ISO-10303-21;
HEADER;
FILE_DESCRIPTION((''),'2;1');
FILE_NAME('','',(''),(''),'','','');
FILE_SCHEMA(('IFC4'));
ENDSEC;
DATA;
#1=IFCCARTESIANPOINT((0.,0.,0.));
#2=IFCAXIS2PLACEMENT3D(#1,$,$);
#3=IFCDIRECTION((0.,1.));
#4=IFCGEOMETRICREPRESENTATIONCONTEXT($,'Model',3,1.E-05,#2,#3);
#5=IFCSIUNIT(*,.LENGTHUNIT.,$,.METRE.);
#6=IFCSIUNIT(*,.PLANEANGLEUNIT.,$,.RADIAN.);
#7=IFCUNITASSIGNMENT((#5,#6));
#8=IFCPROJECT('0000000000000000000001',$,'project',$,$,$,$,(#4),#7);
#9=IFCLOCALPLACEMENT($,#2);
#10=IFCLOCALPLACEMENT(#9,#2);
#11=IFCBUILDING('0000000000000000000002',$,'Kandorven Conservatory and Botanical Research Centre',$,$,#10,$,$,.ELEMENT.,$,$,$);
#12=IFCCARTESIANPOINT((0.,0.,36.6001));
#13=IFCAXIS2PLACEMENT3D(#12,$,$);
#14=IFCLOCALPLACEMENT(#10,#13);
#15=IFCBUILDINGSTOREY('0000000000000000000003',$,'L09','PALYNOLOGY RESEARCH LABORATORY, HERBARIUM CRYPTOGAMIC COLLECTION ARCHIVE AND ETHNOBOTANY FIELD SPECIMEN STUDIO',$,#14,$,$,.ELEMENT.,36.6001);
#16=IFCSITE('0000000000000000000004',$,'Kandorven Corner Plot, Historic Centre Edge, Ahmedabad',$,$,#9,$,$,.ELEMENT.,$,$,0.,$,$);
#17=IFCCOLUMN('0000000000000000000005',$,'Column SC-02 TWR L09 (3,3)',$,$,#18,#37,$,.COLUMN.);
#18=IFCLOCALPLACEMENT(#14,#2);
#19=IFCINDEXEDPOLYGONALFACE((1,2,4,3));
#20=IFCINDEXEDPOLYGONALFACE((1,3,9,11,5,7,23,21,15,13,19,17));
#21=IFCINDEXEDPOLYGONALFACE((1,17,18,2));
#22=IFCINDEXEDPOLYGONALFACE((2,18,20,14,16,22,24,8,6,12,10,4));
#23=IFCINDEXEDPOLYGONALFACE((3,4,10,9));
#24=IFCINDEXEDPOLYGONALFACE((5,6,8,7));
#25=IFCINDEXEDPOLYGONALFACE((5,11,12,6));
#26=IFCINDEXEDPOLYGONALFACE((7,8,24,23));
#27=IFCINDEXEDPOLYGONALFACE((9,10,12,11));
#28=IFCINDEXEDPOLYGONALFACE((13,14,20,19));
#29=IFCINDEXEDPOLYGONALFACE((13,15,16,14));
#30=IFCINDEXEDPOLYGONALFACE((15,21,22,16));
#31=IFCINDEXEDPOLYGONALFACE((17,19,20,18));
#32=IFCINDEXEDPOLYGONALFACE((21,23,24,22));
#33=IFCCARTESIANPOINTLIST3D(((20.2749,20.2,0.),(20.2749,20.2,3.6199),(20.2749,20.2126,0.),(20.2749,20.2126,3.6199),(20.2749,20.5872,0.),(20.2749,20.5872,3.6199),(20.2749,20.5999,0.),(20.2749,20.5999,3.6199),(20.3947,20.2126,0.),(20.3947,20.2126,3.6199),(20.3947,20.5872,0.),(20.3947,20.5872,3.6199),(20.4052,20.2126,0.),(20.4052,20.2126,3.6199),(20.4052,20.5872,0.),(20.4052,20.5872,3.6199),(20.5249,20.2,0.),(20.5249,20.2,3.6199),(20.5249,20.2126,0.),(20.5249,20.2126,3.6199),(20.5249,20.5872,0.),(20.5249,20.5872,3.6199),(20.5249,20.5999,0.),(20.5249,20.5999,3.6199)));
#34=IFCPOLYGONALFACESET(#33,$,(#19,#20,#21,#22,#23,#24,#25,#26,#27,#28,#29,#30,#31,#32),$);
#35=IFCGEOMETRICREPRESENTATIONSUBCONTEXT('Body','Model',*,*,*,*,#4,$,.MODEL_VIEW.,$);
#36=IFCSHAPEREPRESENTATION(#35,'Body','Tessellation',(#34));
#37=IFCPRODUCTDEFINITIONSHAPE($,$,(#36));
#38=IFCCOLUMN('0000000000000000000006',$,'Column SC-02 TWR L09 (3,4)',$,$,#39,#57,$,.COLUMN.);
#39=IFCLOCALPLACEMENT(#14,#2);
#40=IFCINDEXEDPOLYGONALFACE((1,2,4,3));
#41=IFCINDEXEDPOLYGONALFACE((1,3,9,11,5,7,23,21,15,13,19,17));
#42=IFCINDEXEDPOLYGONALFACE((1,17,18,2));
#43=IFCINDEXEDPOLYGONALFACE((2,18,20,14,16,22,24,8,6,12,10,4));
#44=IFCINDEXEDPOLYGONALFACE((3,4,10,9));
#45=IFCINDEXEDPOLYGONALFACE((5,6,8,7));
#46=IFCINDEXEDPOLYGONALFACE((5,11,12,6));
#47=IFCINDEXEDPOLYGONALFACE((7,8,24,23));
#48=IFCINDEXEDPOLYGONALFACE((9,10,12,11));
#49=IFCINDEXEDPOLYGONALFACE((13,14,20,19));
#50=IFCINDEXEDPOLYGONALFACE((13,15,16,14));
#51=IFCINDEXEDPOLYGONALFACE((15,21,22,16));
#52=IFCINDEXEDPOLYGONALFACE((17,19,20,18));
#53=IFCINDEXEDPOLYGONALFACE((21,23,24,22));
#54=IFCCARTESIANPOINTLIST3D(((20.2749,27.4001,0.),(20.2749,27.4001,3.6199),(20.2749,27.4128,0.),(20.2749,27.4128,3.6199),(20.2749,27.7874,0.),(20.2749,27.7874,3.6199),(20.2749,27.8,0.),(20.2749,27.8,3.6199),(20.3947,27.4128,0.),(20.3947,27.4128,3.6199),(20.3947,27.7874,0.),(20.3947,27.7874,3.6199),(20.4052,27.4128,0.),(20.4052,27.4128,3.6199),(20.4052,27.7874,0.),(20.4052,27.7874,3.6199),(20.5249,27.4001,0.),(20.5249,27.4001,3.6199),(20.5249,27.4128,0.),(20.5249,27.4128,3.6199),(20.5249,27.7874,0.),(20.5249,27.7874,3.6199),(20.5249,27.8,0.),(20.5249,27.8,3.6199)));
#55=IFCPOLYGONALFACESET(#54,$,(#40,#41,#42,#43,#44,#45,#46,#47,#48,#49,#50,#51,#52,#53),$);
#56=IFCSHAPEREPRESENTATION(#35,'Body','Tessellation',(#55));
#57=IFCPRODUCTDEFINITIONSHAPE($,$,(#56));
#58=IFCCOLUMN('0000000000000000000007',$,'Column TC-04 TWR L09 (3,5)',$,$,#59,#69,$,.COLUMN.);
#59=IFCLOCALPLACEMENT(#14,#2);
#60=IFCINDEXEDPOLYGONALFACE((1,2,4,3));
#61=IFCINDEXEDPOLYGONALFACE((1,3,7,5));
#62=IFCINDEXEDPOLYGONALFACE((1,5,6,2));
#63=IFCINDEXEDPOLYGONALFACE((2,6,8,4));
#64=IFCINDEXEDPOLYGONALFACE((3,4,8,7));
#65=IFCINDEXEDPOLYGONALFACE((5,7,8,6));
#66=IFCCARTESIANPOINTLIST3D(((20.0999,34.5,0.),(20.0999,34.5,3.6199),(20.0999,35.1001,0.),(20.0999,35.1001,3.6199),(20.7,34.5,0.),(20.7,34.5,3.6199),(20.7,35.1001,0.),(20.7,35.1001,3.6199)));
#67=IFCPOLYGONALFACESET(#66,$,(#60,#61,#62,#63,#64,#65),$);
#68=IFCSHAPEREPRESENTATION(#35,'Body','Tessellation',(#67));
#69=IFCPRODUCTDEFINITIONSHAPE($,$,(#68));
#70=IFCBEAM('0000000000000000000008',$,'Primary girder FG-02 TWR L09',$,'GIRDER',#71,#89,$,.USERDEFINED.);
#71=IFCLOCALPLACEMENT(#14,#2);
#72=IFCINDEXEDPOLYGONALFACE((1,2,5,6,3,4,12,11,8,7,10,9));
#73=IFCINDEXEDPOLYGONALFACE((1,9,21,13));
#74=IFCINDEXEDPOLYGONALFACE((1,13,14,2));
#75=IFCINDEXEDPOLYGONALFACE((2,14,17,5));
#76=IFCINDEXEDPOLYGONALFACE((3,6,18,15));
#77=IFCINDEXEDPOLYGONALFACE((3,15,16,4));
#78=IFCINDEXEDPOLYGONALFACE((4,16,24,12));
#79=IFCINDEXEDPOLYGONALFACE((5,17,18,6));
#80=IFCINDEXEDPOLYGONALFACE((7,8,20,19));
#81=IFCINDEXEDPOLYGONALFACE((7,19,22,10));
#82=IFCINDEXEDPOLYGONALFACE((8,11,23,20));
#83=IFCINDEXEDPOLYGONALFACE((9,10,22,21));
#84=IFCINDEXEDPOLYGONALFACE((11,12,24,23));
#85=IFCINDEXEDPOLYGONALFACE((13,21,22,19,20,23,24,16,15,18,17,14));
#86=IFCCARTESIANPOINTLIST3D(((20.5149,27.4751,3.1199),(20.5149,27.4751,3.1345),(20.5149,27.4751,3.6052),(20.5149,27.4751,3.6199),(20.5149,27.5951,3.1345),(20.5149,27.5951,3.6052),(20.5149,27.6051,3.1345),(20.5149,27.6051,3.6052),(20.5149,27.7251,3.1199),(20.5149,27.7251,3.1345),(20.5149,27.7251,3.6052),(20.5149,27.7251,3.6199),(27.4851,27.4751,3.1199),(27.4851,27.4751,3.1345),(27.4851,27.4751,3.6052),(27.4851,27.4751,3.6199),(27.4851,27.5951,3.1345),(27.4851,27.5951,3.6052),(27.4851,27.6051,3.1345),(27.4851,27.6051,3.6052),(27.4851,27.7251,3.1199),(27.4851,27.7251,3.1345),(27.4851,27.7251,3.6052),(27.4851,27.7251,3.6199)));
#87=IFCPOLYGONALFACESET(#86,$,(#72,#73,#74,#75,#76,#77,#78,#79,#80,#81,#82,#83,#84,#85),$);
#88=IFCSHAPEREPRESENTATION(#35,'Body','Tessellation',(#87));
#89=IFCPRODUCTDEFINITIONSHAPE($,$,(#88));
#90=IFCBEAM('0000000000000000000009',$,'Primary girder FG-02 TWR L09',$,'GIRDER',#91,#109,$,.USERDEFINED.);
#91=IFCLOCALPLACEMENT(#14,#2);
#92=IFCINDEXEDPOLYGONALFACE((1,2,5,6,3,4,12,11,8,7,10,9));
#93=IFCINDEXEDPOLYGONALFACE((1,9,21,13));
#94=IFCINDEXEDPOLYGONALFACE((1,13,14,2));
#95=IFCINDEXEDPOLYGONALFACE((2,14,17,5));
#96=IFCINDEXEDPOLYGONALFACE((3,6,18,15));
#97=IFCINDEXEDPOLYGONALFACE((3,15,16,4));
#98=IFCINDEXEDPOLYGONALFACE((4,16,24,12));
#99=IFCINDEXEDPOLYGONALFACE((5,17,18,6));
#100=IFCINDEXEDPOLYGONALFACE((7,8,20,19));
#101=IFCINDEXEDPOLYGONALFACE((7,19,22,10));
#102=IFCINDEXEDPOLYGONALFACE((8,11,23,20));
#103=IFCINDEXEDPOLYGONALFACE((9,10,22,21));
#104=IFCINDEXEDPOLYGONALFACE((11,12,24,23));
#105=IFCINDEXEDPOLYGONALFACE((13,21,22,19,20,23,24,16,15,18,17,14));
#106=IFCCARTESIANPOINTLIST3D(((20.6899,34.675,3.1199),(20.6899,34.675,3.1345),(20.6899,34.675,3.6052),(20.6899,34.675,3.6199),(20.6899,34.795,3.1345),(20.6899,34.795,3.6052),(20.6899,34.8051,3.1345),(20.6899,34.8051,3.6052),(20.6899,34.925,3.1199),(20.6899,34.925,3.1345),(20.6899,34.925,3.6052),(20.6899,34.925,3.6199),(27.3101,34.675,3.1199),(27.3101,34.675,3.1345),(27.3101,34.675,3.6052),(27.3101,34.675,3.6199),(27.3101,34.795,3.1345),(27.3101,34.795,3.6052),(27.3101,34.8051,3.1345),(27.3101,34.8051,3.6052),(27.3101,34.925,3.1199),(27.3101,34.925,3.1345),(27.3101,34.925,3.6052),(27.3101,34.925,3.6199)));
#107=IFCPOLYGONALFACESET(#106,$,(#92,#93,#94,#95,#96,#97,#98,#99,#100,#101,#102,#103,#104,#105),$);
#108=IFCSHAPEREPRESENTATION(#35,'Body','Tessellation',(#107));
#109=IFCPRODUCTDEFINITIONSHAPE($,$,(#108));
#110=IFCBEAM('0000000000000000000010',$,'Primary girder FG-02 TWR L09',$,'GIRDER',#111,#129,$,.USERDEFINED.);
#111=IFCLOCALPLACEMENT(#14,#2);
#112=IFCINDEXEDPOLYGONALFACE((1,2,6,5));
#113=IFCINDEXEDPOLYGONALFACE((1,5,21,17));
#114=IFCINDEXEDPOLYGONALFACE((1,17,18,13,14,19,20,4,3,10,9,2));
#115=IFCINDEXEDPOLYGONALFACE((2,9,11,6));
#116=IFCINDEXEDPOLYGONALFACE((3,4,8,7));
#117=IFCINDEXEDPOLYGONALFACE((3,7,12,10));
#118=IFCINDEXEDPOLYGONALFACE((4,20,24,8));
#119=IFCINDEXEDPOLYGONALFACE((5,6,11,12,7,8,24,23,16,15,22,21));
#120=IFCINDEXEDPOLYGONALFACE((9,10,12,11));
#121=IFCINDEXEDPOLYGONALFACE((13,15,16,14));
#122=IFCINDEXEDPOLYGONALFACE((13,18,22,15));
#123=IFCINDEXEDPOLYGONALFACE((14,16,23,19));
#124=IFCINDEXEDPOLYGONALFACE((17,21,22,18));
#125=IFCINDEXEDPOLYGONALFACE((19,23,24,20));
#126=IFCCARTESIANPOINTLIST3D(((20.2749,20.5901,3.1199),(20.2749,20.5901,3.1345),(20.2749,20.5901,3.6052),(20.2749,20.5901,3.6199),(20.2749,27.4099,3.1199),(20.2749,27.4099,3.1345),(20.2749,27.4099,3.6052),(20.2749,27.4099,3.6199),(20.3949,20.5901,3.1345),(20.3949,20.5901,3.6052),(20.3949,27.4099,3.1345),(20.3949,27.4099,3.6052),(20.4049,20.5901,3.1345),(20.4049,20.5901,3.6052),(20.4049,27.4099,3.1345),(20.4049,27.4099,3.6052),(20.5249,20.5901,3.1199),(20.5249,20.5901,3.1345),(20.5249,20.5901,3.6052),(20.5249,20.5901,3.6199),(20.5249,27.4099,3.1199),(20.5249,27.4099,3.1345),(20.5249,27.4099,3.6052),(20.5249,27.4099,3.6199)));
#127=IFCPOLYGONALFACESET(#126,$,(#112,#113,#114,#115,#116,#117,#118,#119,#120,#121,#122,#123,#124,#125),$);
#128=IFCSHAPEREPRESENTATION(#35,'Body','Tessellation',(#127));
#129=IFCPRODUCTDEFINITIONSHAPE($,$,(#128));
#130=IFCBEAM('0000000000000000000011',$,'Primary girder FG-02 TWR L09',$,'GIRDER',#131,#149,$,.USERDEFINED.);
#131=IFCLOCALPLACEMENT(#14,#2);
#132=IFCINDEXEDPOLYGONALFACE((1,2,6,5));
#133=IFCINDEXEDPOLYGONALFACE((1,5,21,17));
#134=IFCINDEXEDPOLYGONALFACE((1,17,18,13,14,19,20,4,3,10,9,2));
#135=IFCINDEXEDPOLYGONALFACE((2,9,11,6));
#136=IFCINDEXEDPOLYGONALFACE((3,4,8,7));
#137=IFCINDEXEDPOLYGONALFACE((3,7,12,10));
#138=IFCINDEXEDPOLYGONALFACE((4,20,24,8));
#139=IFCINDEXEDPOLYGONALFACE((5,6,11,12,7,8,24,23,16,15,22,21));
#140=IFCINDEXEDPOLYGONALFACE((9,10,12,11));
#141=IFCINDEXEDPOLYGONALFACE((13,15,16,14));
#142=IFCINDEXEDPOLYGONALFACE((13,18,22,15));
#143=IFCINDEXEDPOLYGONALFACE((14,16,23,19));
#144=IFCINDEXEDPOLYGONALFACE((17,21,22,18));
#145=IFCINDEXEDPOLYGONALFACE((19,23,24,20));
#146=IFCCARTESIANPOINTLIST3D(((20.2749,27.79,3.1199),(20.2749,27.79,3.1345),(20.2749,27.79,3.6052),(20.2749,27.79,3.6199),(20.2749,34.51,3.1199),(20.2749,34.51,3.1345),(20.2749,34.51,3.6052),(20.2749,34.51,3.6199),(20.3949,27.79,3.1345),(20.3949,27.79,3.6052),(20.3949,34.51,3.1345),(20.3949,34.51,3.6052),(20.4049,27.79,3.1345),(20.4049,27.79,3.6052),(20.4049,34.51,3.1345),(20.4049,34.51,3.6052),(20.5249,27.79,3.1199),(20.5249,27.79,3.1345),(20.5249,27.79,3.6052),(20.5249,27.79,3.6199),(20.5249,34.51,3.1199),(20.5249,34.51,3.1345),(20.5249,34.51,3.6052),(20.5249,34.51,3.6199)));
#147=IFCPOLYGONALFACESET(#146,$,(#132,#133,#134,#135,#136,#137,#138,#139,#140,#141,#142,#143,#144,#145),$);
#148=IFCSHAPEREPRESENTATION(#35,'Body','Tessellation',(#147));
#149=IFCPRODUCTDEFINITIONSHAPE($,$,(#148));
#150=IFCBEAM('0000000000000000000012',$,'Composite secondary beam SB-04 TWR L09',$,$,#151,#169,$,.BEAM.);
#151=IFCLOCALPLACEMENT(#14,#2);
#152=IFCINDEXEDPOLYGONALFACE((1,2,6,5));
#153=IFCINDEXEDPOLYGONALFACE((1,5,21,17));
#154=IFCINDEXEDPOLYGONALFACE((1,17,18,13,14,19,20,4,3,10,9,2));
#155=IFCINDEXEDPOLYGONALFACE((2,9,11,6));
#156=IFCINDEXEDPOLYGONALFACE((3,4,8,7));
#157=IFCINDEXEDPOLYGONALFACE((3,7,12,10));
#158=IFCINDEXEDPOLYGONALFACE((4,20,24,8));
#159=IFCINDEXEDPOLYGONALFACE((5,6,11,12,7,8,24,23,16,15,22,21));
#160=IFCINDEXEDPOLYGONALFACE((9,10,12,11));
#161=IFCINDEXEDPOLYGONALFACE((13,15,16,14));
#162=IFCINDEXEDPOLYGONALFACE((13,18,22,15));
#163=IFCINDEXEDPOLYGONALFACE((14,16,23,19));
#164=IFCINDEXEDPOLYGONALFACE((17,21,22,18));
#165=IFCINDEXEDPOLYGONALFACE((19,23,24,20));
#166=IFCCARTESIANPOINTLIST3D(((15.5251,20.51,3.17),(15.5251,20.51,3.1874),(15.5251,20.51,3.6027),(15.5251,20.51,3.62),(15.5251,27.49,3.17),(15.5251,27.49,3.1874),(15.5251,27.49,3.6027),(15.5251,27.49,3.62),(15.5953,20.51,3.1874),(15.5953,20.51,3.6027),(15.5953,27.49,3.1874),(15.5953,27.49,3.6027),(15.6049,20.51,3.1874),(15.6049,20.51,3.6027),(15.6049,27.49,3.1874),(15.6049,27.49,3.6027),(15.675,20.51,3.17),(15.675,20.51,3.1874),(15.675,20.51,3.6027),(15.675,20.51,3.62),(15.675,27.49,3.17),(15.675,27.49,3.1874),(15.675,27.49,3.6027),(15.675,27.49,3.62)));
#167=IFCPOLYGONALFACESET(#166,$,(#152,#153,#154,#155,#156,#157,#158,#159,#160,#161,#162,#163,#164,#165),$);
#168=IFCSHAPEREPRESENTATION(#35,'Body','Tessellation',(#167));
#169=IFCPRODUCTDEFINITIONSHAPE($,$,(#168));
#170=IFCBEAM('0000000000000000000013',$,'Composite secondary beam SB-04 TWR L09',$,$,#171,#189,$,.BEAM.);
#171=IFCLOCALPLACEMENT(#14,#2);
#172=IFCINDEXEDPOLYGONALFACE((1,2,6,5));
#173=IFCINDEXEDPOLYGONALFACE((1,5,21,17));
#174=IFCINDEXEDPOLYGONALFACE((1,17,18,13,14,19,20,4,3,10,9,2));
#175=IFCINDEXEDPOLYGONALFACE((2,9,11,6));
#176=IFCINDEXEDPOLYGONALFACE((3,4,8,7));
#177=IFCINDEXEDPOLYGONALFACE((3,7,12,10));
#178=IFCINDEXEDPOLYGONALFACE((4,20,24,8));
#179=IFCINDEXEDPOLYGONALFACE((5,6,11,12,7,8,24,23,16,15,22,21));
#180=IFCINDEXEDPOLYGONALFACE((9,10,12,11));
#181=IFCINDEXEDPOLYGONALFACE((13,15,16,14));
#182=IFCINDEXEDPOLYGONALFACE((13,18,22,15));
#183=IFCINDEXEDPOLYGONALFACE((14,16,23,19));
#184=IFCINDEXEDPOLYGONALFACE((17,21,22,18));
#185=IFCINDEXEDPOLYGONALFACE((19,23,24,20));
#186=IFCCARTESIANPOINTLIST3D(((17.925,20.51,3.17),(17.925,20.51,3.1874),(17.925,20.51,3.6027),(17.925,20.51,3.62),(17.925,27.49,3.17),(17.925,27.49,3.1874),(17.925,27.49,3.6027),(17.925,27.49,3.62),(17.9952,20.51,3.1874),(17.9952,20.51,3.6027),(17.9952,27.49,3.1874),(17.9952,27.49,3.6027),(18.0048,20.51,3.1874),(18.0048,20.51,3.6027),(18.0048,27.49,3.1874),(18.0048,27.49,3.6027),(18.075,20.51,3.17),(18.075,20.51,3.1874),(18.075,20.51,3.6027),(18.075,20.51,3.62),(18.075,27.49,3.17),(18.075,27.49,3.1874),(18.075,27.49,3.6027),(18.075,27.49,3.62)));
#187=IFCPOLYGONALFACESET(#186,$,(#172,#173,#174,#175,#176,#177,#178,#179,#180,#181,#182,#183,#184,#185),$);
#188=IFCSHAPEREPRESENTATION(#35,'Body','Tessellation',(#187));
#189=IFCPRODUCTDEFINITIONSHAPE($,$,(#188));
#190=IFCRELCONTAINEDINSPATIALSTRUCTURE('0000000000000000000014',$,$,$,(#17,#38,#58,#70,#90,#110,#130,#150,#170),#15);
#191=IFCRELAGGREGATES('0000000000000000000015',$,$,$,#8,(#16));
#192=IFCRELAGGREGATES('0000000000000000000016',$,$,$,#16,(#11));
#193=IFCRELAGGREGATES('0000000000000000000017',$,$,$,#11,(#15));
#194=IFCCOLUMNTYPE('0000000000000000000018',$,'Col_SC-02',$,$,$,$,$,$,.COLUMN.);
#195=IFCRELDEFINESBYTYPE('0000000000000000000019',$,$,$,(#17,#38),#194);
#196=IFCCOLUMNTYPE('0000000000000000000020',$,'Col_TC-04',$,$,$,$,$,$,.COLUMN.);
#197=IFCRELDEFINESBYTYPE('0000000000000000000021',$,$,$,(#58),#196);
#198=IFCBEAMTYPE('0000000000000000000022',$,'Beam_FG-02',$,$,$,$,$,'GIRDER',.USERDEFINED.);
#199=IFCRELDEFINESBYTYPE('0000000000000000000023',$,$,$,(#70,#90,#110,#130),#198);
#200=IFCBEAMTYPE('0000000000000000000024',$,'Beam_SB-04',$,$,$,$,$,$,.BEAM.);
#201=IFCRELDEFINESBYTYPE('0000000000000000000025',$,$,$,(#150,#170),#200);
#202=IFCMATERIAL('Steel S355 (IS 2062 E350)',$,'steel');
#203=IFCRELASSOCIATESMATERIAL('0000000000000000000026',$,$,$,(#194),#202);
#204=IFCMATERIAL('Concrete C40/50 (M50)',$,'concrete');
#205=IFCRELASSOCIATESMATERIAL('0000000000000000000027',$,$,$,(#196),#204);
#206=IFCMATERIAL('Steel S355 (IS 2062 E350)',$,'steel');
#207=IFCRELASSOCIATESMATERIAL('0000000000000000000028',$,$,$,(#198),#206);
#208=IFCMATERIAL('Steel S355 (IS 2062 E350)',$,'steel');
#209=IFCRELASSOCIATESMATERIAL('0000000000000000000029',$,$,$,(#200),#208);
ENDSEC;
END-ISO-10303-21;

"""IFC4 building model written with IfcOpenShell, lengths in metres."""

from ifc_helpers import new_model, si_unit, direction, frame, origin, origin_2d, place, context, subcontext, project, spatial, rectangle, i_section, extrude, material, material_profile, profile_set, type_object, element, save


model = new_model("IFC4")

# Units and contexts
model_context = context("Model", 3, precision=1e-05, world=origin(), true_north=direction((0.0, 1.0)))
body_context = subcontext(model_context, "Body", "Model", "MODEL_VIEW")
ifc_project = project(units=[si_unit("LENGTHUNIT", "METRE"), si_unit("PLANEANGLEUNIT", "RADIAN")], contexts=[model_context])

# Site, building, storey
site_placement = place(None, origin())
site = spatial("IfcSite", under=ifc_project, at=site_placement, Name="Kandorven Corner Plot, Historic Centre Edge, Ahmedabad", CompositionType="ELEMENT", RefElevation=0.0)
building_placement = place(site_placement, origin())
building = spatial("IfcBuilding", under=site, at=building_placement, Name="Kandorven Conservatory and Botanical Research Centre", CompositionType="ELEMENT")
storey_placement = place(building_placement, frame((0.0, 0.0, 36.6001)))
storey = spatial("IfcBuildingStorey", under=building, at=storey_placement, Name="L09", Description="PALYNOLOGY RESEARCH LABORATORY, HERBARIUM CRYPTOGAMIC COLLECTION ARCHIVE AND ETHNOBOTANY FIELD SPECIMEN STUDIO", CompositionType="ELEMENT", Elevation=36.6001)

# Columns
ifc_material_1 = material(Name="Steel S355 (IS 2062 E350)", Category="steel")
ifc_material_profile_1 = material_profile(ifc_material_1, i_section(OverallWidth=0.25, OverallDepth=0.3999, WebThickness=0.0105, FlangeThickness=0.0127, at=origin_2d()))
ifc_profile_set_1 = profile_set([ifc_material_profile_1], Name="Steel S355 (IS 2062 E350)")
column_type_1 = type_object("IfcColumnType", Name="Col_SC-02", PredefinedType="COLUMN", material=ifc_profile_set_1)
for number, where, z_axis, x_axis, name in (
    (1, (20.3999, 20.3999, 0.0), (0.0, 0.0, 1.0), (1.0, 0.0, 0.0), "Column SC-02 TWR L09 (3,3)"),
    (2, (20.3999, 27.6001, 0.0), (0.0, 0.0, 1.0), (1.0, 0.0, 0.0), "Column SC-02 TWR L09 (3,4)"),
):
    element("IfcColumn", number, at=place(storey_placement, frame(where, z_axis=z_axis, x_axis=x_axis)), inside=storey, type_object=column_type_1, Name=name, PredefinedType="COLUMN", context=body_context, shape_type="SweptSolid", body=[
        extrude(i_section(OverallWidth=0.25, OverallDepth=0.3999, WebThickness=0.0105, FlangeThickness=0.0127, at=origin_2d()), origin(), (0.0, 0.0, 1.0), 3.6199),
    ])
ifc_material_2 = material(Name="Concrete C40/50 (M50)", Category="concrete")
ifc_material_profile_2 = material_profile(ifc_material_2, rectangle(XDim=0.6001, YDim=0.6001, at=origin_2d()))
ifc_profile_set_2 = profile_set([ifc_material_profile_2], Name="Concrete C40/50 (M50)")
column_type_2 = type_object("IfcColumnType", Name="Col_TC-04", PredefinedType="COLUMN", material=ifc_profile_set_2)
column_placement = place(storey_placement, frame((20.3999, 34.8, 0.0), z_axis=(0.0, 0.0, 1.0), x_axis=(1.0, 0.0, 0.0)))
element("IfcColumn", 3, at=column_placement, inside=storey, type_object=column_type_2, Name="Column TC-04 TWR L09 (3,5)", PredefinedType="COLUMN", context=body_context, shape_type="SweptSolid", body=[
    extrude(rectangle(XDim=0.6001, YDim=0.6001, at=origin_2d()), origin(), (0.0, 0.0, 1.0), 3.6199),
])

# Beams
ifc_material_3 = material(Name="Steel S355 (IS 2062 E350)", Category="steel")
ifc_material_profile_3 = material_profile(ifc_material_3, i_section(OverallWidth=0.25, OverallDepth=0.5, WebThickness=0.01, FlangeThickness=0.0146, at=origin_2d()))
ifc_profile_set_3 = profile_set([ifc_material_profile_3], Name="Steel S355 (IS 2062 E350)")
beam_type_1 = type_object("IfcBeamType", Name="Beam_FG-02", ElementType="GIRDER", PredefinedType="USERDEFINED", material=ifc_profile_set_3)
beam_1_placement = place(storey_placement, frame((20.5149, 27.6001, 3.3699), z_axis=(1.0, 0.0, 0.0), x_axis=(0.0, 1.0, 0.0)))
element("IfcBeam", 4, at=beam_1_placement, inside=storey, type_object=beam_type_1, Name="Primary girder FG-02 TWR L09", ObjectType="GIRDER", PredefinedType="USERDEFINED", context=body_context, shape_type="SweptSolid", body=[
    extrude(i_section(OverallWidth=0.25, OverallDepth=0.5, WebThickness=0.01, FlangeThickness=0.0146, at=origin_2d()), origin(), (0.0, 0.0, 1.0), 6.9702),
])
beam_2_placement = place(storey_placement, frame((20.6899, 34.8, 3.3699), z_axis=(1.0, 0.0, 0.0), x_axis=(0.0, 1.0, 0.0)))
element("IfcBeam", 5, at=beam_2_placement, inside=storey, type_object=beam_type_1, Name="Primary girder FG-02 TWR L09", ObjectType="GIRDER", PredefinedType="USERDEFINED", context=body_context, shape_type="SweptSolid", body=[
    extrude(i_section(OverallWidth=0.25, OverallDepth=0.5, WebThickness=0.01, FlangeThickness=0.0146, at=origin_2d()), origin(), (0.0, 0.0, 1.0), 6.6201),
])
beam_3_placement = place(storey_placement, frame((20.3999, 20.5901, 3.3699), z_axis=(0.0, 1.0, 0.0), x_axis=(-1.0, 0.0, 0.0)))
element("IfcBeam", 6, at=beam_3_placement, inside=storey, type_object=beam_type_1, Name="Primary girder FG-02 TWR L09", ObjectType="GIRDER", PredefinedType="USERDEFINED", context=body_context, shape_type="SweptSolid", body=[
    extrude(i_section(OverallWidth=0.25, OverallDepth=0.5, WebThickness=0.01, FlangeThickness=0.0146, at=origin_2d()), origin(), (0.0, 0.0, 1.0), 6.8198),
])
beam_4_placement = place(storey_placement, frame((20.3999, 27.79, 3.3699), z_axis=(0.0, 1.0, 0.0), x_axis=(-1.0, 0.0, 0.0)))
element("IfcBeam", 7, at=beam_4_placement, inside=storey, type_object=beam_type_1, Name="Primary girder FG-02 TWR L09", ObjectType="GIRDER", PredefinedType="USERDEFINED", context=body_context, shape_type="SweptSolid", body=[
    extrude(i_section(OverallWidth=0.25, OverallDepth=0.5, WebThickness=0.01, FlangeThickness=0.0146, at=origin_2d()), origin(), (0.0, 0.0, 1.0), 6.72),
])
ifc_material_4 = material(Name="Steel S355 (IS 2062 E350)", Category="steel")
ifc_material_profile_4 = material_profile(ifc_material_4, i_section(OverallWidth=0.1499, OverallDepth=0.45, WebThickness=0.0095, FlangeThickness=0.0173, at=origin_2d()))
ifc_profile_set_4 = profile_set([ifc_material_profile_4], Name="Steel S355 (IS 2062 E350)")
beam_type_2 = type_object("IfcBeamType", Name="Beam_SB-04", PredefinedType="BEAM", material=ifc_profile_set_4)
for number, where, z_axis, x_axis, name in (
    (8, (15.6001, 20.51, 3.395), (0.0, 1.0, 0.0), (-1.0, 0.0, 0.0), "Composite secondary beam SB-04 TWR L09"),
    (9, (18.0, 20.51, 3.395), (0.0, 1.0, 0.0), (-1.0, 0.0, 0.0), "Composite secondary beam SB-04 TWR L09"),
):
    element("IfcBeam", number, at=place(storey_placement, frame(where, z_axis=z_axis, x_axis=x_axis)), inside=storey, type_object=beam_type_2, Name=name, PredefinedType="BEAM", context=body_context, shape_type="SweptSolid", body=[
        extrude(i_section(OverallWidth=0.1499, OverallDepth=0.45, WebThickness=0.0095, FlangeThickness=0.0173, at=origin_2d()), origin(), (0.0, 0.0, 1.0), 6.98),
    ])

save(model, "model.ifc")
